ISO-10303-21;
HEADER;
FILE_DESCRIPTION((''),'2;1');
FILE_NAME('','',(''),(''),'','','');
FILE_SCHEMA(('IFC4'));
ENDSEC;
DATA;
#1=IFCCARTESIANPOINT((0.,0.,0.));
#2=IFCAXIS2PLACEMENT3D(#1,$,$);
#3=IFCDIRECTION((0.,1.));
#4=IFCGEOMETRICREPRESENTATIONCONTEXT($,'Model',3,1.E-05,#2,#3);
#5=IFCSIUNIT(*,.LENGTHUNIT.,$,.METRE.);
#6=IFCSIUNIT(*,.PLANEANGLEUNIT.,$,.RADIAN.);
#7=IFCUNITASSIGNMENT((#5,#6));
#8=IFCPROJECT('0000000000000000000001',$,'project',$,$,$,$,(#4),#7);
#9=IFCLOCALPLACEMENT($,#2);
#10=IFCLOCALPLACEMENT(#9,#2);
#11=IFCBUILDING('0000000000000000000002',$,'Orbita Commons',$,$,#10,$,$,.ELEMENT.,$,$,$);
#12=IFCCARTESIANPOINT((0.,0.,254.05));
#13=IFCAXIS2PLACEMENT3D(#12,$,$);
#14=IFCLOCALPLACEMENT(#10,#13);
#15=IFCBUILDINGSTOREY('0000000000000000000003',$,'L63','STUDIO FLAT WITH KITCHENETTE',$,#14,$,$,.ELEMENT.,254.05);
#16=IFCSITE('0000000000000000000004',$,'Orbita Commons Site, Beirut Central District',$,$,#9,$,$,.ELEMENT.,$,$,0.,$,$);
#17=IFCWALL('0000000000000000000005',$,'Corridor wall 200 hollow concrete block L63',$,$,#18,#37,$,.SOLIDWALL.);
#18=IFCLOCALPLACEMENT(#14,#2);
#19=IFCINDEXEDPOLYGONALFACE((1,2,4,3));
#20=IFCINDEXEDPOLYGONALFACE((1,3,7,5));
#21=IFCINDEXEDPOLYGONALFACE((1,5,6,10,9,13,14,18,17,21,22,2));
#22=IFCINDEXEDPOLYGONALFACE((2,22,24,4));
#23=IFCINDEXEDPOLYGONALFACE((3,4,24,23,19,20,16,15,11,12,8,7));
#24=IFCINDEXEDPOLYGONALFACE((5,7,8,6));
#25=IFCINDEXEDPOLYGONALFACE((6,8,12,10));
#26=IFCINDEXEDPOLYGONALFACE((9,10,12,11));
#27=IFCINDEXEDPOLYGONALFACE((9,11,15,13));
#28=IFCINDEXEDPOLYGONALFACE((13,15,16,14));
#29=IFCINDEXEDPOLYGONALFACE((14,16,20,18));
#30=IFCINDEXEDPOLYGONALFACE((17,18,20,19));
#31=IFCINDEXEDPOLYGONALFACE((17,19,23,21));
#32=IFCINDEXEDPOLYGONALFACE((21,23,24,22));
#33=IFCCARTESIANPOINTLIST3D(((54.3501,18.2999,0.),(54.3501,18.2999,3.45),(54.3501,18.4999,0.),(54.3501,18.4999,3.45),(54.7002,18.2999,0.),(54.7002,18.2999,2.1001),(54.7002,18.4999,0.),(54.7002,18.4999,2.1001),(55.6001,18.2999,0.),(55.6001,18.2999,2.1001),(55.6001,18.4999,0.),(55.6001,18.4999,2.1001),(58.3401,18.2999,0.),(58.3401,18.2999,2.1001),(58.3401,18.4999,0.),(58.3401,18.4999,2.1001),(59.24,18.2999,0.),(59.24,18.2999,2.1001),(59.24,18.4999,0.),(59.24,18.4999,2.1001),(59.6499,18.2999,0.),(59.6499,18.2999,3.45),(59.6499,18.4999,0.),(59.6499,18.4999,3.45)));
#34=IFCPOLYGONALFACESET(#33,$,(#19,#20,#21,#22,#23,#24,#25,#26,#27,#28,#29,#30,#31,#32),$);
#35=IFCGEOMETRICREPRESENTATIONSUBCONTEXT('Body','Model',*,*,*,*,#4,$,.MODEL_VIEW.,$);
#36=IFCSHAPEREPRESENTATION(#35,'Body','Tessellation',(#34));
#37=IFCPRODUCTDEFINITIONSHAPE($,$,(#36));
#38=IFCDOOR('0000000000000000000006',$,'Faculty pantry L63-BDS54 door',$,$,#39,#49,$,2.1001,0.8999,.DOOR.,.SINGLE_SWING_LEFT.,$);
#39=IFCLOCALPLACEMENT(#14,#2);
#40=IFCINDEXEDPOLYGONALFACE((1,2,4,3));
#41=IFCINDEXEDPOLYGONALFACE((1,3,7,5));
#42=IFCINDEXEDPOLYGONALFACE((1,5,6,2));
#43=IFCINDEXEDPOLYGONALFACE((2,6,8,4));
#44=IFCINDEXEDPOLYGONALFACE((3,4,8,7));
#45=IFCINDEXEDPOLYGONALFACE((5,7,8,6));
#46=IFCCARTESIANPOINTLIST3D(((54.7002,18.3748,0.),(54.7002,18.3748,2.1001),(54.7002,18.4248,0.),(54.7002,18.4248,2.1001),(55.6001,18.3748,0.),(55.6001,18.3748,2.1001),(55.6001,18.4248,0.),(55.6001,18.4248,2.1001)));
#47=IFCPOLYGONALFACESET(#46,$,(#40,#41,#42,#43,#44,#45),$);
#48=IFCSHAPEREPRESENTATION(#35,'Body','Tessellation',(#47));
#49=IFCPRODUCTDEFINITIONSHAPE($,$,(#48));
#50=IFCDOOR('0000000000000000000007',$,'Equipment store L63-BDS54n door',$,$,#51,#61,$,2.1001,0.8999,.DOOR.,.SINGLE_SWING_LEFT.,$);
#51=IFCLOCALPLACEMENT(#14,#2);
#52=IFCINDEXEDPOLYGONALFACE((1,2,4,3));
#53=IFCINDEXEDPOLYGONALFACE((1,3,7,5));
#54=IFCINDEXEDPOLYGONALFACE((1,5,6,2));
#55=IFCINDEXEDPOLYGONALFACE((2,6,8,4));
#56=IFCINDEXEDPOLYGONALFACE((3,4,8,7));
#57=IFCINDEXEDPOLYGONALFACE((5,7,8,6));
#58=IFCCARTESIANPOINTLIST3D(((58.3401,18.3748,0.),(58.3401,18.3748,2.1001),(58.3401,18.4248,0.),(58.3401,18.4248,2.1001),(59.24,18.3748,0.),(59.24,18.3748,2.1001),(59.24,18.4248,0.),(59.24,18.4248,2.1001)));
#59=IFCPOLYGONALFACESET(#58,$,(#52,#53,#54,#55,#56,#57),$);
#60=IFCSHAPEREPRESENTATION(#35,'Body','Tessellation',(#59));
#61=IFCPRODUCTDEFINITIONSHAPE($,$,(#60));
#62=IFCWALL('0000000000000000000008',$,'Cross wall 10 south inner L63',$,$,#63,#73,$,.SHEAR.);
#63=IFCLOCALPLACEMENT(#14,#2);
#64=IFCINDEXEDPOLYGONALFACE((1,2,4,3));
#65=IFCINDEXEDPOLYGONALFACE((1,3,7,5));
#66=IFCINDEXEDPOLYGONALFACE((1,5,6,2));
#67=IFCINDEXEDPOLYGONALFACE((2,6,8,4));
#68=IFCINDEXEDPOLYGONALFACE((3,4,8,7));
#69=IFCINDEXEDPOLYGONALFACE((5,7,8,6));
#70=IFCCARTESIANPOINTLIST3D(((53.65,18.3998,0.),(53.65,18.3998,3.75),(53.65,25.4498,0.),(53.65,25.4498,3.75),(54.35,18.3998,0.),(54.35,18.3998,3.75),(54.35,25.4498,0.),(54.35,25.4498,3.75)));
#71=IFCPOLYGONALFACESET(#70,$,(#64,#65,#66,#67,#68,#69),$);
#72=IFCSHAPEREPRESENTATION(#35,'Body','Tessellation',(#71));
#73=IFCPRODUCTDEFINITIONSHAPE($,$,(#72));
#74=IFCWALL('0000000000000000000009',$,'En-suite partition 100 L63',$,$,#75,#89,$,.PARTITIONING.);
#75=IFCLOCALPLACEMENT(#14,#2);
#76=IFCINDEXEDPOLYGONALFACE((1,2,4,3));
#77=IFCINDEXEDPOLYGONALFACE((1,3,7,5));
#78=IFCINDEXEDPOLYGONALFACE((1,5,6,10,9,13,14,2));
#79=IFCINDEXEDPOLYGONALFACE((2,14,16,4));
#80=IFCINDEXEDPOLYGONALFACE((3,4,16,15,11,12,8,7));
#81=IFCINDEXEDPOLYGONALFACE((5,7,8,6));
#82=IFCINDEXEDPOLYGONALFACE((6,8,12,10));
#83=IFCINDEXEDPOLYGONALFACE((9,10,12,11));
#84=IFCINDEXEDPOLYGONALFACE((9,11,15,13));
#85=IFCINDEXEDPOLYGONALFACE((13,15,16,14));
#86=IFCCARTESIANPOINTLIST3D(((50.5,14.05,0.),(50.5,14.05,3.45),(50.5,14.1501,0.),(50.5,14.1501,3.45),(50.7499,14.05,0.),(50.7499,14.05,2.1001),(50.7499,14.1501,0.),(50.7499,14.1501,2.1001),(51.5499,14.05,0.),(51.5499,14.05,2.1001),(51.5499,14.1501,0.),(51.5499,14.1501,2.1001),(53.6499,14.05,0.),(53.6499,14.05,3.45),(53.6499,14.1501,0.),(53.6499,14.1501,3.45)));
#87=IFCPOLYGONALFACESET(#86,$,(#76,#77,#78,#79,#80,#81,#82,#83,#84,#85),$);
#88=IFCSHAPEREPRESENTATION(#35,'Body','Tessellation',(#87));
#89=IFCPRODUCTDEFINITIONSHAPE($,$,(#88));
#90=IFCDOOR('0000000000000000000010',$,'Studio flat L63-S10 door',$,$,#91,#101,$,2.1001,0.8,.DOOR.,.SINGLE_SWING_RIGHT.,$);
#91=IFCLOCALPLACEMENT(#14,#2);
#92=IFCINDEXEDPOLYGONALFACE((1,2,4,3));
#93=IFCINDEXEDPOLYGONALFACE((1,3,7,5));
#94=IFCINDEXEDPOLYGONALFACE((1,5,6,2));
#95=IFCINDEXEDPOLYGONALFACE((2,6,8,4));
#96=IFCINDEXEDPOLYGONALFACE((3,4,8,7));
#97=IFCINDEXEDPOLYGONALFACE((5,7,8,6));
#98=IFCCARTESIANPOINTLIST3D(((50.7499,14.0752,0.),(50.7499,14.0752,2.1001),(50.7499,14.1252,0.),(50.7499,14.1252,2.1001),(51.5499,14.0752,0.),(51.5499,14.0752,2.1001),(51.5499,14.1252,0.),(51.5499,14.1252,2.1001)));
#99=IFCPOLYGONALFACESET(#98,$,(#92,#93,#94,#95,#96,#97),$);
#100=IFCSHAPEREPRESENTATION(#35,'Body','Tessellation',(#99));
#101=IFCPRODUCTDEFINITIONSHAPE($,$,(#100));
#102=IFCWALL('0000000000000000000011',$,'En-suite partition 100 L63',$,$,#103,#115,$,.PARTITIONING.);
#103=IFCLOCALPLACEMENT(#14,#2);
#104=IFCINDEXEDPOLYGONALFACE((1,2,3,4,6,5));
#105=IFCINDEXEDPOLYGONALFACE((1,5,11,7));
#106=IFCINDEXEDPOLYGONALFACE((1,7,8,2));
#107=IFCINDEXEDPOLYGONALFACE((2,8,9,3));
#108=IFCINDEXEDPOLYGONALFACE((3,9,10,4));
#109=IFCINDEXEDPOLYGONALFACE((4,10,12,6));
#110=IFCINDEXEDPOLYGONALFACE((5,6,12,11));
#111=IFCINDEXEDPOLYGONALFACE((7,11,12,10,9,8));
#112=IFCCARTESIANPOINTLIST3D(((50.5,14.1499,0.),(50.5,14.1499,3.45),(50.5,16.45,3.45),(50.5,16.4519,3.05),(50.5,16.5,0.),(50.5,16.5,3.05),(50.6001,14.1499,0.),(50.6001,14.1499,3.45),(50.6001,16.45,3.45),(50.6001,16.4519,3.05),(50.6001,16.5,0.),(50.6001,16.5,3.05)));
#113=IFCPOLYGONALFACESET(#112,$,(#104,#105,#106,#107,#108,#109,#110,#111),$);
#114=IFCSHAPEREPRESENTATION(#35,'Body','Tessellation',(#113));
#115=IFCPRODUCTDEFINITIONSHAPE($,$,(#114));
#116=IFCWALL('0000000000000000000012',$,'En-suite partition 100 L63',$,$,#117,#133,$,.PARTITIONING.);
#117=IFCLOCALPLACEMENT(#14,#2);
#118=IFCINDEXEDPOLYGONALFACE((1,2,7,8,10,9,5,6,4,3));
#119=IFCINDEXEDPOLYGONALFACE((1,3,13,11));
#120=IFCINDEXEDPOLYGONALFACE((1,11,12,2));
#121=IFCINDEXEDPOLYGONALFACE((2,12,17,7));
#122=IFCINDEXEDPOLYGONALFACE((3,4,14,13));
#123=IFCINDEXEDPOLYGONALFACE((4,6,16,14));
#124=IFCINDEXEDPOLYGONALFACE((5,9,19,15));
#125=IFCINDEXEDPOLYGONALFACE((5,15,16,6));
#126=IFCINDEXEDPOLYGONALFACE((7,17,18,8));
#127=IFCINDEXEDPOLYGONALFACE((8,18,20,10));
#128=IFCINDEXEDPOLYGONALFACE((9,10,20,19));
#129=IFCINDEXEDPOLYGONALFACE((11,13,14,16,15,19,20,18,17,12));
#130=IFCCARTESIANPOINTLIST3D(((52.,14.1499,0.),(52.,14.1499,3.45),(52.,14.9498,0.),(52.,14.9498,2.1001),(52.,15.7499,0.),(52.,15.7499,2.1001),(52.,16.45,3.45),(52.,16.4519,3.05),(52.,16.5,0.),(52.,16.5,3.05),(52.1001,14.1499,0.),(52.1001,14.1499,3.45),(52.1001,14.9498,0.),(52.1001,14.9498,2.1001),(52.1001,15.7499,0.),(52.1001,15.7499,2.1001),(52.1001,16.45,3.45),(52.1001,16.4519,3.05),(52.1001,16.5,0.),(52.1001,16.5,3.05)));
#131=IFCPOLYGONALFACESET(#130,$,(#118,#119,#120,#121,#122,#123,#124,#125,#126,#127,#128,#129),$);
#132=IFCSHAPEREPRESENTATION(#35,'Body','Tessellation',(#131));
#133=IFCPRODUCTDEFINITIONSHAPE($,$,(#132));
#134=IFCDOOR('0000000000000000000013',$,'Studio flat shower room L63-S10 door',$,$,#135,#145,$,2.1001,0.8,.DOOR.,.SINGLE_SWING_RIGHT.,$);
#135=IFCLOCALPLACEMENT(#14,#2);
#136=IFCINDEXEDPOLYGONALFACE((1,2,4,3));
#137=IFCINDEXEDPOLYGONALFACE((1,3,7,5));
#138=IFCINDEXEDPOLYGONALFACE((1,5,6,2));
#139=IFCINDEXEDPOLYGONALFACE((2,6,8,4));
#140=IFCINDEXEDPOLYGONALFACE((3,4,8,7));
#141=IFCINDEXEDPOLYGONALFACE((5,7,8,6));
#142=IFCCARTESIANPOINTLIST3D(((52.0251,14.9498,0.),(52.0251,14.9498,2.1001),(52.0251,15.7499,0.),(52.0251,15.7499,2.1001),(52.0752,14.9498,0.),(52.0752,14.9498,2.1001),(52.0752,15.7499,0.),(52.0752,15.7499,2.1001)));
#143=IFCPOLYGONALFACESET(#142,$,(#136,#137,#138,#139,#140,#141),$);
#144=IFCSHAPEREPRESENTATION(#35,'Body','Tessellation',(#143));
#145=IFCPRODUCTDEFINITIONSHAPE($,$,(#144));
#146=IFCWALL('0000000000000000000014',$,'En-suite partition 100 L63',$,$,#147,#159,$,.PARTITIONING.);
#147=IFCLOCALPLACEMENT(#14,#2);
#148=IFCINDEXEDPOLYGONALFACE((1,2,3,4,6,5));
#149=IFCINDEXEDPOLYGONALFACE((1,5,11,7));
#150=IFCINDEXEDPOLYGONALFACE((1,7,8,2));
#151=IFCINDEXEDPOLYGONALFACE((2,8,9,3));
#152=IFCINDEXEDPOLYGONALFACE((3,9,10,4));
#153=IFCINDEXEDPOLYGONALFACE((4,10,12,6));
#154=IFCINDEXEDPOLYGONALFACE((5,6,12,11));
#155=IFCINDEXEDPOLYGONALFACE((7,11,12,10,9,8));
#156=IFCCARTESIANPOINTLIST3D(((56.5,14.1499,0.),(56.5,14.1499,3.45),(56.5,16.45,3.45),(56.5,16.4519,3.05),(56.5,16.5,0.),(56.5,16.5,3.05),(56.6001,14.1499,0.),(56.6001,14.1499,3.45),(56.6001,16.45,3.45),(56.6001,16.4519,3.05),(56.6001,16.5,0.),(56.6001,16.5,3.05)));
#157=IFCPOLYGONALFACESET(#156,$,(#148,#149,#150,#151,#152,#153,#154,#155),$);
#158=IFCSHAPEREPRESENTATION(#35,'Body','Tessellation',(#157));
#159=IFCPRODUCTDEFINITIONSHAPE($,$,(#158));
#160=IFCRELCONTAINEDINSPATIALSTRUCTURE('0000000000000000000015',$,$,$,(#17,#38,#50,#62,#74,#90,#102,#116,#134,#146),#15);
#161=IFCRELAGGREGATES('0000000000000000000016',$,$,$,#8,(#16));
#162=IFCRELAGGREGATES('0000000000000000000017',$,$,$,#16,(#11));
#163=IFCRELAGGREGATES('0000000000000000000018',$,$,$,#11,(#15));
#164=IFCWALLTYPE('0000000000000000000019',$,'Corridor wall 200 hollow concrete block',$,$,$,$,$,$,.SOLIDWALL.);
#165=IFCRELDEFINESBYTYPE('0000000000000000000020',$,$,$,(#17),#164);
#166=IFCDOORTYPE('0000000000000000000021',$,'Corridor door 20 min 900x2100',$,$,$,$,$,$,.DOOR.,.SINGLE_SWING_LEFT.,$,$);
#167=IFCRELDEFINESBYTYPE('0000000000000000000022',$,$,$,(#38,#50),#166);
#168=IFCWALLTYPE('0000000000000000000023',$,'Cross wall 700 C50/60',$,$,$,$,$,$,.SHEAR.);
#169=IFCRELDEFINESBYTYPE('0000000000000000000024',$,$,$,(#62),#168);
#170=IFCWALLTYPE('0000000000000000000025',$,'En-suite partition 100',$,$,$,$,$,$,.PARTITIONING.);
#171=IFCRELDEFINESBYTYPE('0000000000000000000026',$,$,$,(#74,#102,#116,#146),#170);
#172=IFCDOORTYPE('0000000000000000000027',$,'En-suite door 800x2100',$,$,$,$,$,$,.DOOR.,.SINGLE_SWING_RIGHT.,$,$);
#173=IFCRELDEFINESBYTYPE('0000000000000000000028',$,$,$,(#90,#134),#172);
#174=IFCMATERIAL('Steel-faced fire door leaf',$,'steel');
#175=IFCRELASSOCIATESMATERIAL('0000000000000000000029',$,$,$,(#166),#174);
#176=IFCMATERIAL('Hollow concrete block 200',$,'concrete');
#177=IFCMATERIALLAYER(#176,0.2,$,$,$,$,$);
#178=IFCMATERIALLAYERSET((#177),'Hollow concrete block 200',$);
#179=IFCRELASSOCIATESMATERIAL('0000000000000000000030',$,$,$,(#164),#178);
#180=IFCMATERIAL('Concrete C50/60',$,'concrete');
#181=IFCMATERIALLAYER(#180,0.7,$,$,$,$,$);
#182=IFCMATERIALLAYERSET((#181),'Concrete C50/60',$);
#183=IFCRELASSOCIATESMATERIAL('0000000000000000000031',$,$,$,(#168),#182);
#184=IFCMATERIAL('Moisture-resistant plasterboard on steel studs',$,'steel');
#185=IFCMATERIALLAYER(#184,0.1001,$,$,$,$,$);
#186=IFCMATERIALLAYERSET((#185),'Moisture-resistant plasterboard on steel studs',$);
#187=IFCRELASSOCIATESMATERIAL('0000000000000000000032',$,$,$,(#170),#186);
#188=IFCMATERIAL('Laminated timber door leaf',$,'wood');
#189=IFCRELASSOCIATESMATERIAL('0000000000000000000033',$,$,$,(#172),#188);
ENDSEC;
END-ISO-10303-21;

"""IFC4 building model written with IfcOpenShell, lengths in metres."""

from ifc_helpers import new_model, si_unit, direction, frame, frame_2d, origin, place, context, subcontext, project, spatial, polyline, rectangle, outline, extrude, material, layer, layer_set, type_object, element, fill, save


model = new_model("IFC4")

# Units and contexts
model_context = context("Model", 3, precision=1e-05, world=origin(), true_north=direction((0.0, 1.0)))
body_context = subcontext(model_context, "Body", "Model", "MODEL_VIEW")
ifc_project = project(units=[si_unit("LENGTHUNIT", "METRE"), si_unit("PLANEANGLEUNIT", "RADIAN")], contexts=[model_context])

# Site, building, storey
site_placement = place(None, origin())
site = spatial("IfcSite", under=ifc_project, at=site_placement, Name="Orbita Commons Site, Beirut Central District", CompositionType="ELEMENT", RefElevation=0.0)
building_placement = place(site_placement, origin())
building = spatial("IfcBuilding", under=site, at=building_placement, Name="Orbita Commons", CompositionType="ELEMENT")
storey_placement = place(building_placement, frame((0.0, 0.0, 254.05)))
storey = spatial("IfcBuildingStorey", under=building, at=storey_placement, Name="L63", Description="STUDIO FLAT WITH KITCHENETTE", CompositionType="ELEMENT", Elevation=254.05)

# Shared definitions
ifc_material_1 = material(Name="Steel-faced fire door leaf", Category="steel")
door_type_1 = type_object("IfcDoorType", Name="Corridor door 20 min 900x2100", OperationType="SINGLE_SWING_LEFT", PredefinedType="DOOR", material=ifc_material_1)

# Wall, openings, doors
ifc_material_2 = material(Name="Hollow concrete block 200", Category="concrete")
ifc_layer_1 = layer(ifc_material_2, 0.2)
ifc_layer_set_1 = layer_set([ifc_layer_1], Name="Hollow concrete block 200")
wall_type_1 = type_object("IfcWallType", Name="Corridor wall 200 hollow concrete block", PredefinedType="SOLIDWALL", material=ifc_layer_set_1)
wall_1_placement = place(storey_placement, frame((54.3501, 18.3999, 0.0), z_axis=(0.0, 0.0, 1.0), x_axis=(1.0, 0.0, 0.0)))
wall_1 = element("IfcWall", 1, at=wall_1_placement, inside=storey, type_object=wall_type_1, Name="Corridor wall 200 hollow concrete block L63", PredefinedType="SOLIDWALL", context=body_context, shape_type="SweptSolid", body=[
    extrude(rectangle(XDim=5.2998, YDim=0.2, at=frame_2d((2.6499, 0.0))), origin(), (0.0, 0.0, 1.0), 3.45),
])
opening_1_placement = place(wall_1_placement, frame((0.3501, 0.0, 0.0)))
opening_1 = element("IfcOpeningElement", 2, at=opening_1_placement, cuts=wall_1, PredefinedType="OPENING", context=body_context, shape_type="SweptSolid", body=[
    extrude(rectangle(XDim=0.8999, YDim=2.1001, at=frame_2d((0.45, 1.05))), frame((0.0, 0.1099, 0.0), z_axis=(0.0, -1.0, 0.0), x_axis=(1.0, 0.0, 0.0)), (0.0, 0.0, 1.0), 0.22),
])
opening_2_placement = place(wall_1_placement, frame((3.99, 0.0, 0.0)))
opening_2 = element("IfcOpeningElement", 3, at=opening_2_placement, cuts=wall_1, PredefinedType="OPENING", context=body_context, shape_type="SweptSolid", body=[
    extrude(rectangle(XDim=0.8999, YDim=2.1001, at=frame_2d((0.45, 1.05))), frame((0.0, 0.1099, 0.0), z_axis=(0.0, -1.0, 0.0), x_axis=(1.0, 0.0, 0.0)), (0.0, 0.0, 1.0), 0.22),
])
door_1_placement = place(opening_1_placement, origin())
door_1 = element("IfcDoor", 4, at=door_1_placement, inside=storey, type_object=door_type_1, Name="Faculty pantry L63-BDS54 door", OperationType="SINGLE_SWING_LEFT", OverallHeight=2.1001, OverallWidth=0.8999, PredefinedType="DOOR", context=body_context, shape_type="SweptSolid", body=[
    extrude(rectangle(XDim=0.8999, YDim=2.1001, at=frame_2d((0.45, 1.05))), frame((0.0, 0.0249, 0.0), z_axis=(0.0, -1.0, 0.0), x_axis=(1.0, 0.0, 0.0)), (0.0, 0.0, 1.0), 0.05),
])
fill(opening_1, door_1)
door_2_placement = place(opening_2_placement, origin())
door_2 = element("IfcDoor", 5, at=door_2_placement, inside=storey, type_object=door_type_1, Name="Equipment store L63-BDS54n door", OperationType="SINGLE_SWING_LEFT", OverallHeight=2.1001, OverallWidth=0.8999, PredefinedType="DOOR", context=body_context, shape_type="SweptSolid", body=[
    extrude(rectangle(XDim=0.8999, YDim=2.1001, at=frame_2d((0.45, 1.05))), frame((0.0, 0.0249, 0.0), z_axis=(0.0, -1.0, 0.0), x_axis=(1.0, 0.0, 0.0)), (0.0, 0.0, 1.0), 0.05),
])
fill(opening_2, door_2)

# Wall
ifc_material_3 = material(Name="Concrete C50/60", Category="concrete")
ifc_layer_2 = layer(ifc_material_3, 0.7)
ifc_layer_set_2 = layer_set([ifc_layer_2], Name="Concrete C50/60")
wall_type_2 = type_object("IfcWallType", Name="Cross wall 700 C50/60", PredefinedType="SHEAR", material=ifc_layer_set_2)
wall_2_placement = place(storey_placement, frame((54.0, 18.3999, 0.0), z_axis=(0.0, 0.0, 1.0), x_axis=(0.0, 1.0, 0.0)))
element("IfcWall", 6, at=wall_2_placement, inside=storey, type_object=wall_type_2, Name="Cross wall 10 south inner L63", PredefinedType="SHEAR", context=body_context, shape_type="SweptSolid", body=[
    extrude(rectangle(XDim=7.05, YDim=0.7, at=frame_2d((3.5249, 0.0))), origin(), (0.0, 0.0, 1.0), 3.75),
])

# Wall, opening, door
ifc_material_4 = material(Name="Moisture-resistant plasterboard on steel studs", Category="steel")
ifc_layer_3 = layer(ifc_material_4, 0.1001)
ifc_layer_set_3 = layer_set([ifc_layer_3], Name="Moisture-resistant plasterboard on steel studs")
wall_type_3 = type_object("IfcWallType", Name="En-suite partition 100", PredefinedType="PARTITIONING", material=ifc_layer_set_3)
wall_3_placement = place(storey_placement, frame((53.6499, 14.1001, 0.0), z_axis=(0.0, 0.0, 1.0), x_axis=(-1.0, 0.0, 0.0)))
wall_3 = element("IfcWall", 7, at=wall_3_placement, inside=storey, type_object=wall_type_3, Name="En-suite partition 100 L63", PredefinedType="PARTITIONING", context=body_context, shape_type="SweptSolid", body=[
    extrude(rectangle(XDim=3.1499, YDim=0.1001, at=frame_2d((1.575, 0.0))), origin(), (0.0, 0.0, 1.0), 3.45),
])
opening_3_placement = place(wall_3_placement, frame((2.1001, 0.0, 0.0)))
opening_3 = element("IfcOpeningElement", 8, at=opening_3_placement, cuts=wall_3, PredefinedType="OPENING", context=body_context, shape_type="SweptSolid", body=[
    extrude(rectangle(XDim=0.8, YDim=2.1001, at=frame_2d((0.3999, 1.05))), frame((0.0, 0.0601, 0.0), z_axis=(0.0, -1.0, 0.0), x_axis=(1.0, 0.0, 0.0)), (0.0, 0.0, 1.0), 0.1201),
])
ifc_material_5 = material(Name="Laminated timber door leaf", Category="wood")
door_type_2 = type_object("IfcDoorType", Name="En-suite door 800x2100", OperationType="SINGLE_SWING_RIGHT", PredefinedType="DOOR", material=ifc_material_5)
door_3_placement = place(opening_3_placement, origin())
door_3 = element("IfcDoor", 9, at=door_3_placement, inside=storey, type_object=door_type_2, Name="Studio flat L63-S10 door", OperationType="SINGLE_SWING_RIGHT", OverallHeight=2.1001, OverallWidth=0.8, PredefinedType="DOOR", context=body_context, shape_type="SweptSolid", body=[
    extrude(rectangle(XDim=0.8, YDim=2.1001, at=frame_2d((0.3999, 1.05))), frame((0.0, 0.0249, 0.0), z_axis=(0.0, -1.0, 0.0), x_axis=(1.0, 0.0, 0.0)), (0.0, 0.0, 1.0), 0.05),
])
fill(opening_3, door_3)

# Wall
wall_4_placement = place(storey_placement, frame((50.55, 14.1499, 0.0), z_axis=(0.0, 0.0, 1.0), x_axis=(0.0, 1.0, 0.0)))
element("IfcWall", 10, at=wall_4_placement, inside=storey, type_object=wall_type_3, Name="En-suite partition 100 L63", PredefinedType="PARTITIONING", context=body_context, shape_type="SweptSolid", body=[
    extrude(outline(polyline([(0.0, 0.0), (2.3501, 0.0), (2.3501, 3.05), (2.302, 3.05), (2.3, 3.45), (0.0, 3.45), (0.0, 0.0)])), frame((0.0, 0.05, 0.0), z_axis=(0.0, -1.0, 0.0), x_axis=(1.0, 0.0, 0.0)), (0.0, 0.0, 1.0), 0.1001),
])

# Wall, opening, door
wall_5_placement = place(storey_placement, frame((52.05, 14.1499, 0.0), z_axis=(0.0, 0.0, 1.0), x_axis=(0.0, 1.0, 0.0)))
wall_5 = element("IfcWall", 11, at=wall_5_placement, inside=storey, type_object=wall_type_3, Name="En-suite partition 100 L63", PredefinedType="PARTITIONING", context=body_context, shape_type="SweptSolid", body=[
    extrude(outline(polyline([(0.0, 0.0), (2.3501, 0.0), (2.3501, 3.05), (2.302, 3.05), (2.3, 3.45), (0.0, 3.45), (0.0, 0.0)])), frame((0.0, 0.05, 0.0), z_axis=(0.0, -1.0, 0.0), x_axis=(1.0, 0.0, 0.0)), (0.0, 0.0, 1.0), 0.1001),
])
opening_4_placement = place(wall_5_placement, frame((0.8, 0.0, 0.0)))
opening_4 = element("IfcOpeningElement", 12, at=opening_4_placement, cuts=wall_5, PredefinedType="OPENING", context=body_context, shape_type="SweptSolid", body=[
    extrude(rectangle(XDim=0.8, YDim=2.1001, at=frame_2d((0.3999, 1.05))), frame((0.0, 0.0601, 0.0), z_axis=(0.0, -1.0, 0.0), x_axis=(1.0, 0.0, 0.0)), (0.0, 0.0, 1.0), 0.1201),
])
door_4_placement = place(opening_4_placement, origin())
door_4 = element("IfcDoor", 13, at=door_4_placement, inside=storey, type_object=door_type_2, Name="Studio flat shower room L63-S10 door", OperationType="SINGLE_SWING_RIGHT", OverallHeight=2.1001, OverallWidth=0.8, PredefinedType="DOOR", context=body_context, shape_type="SweptSolid", body=[
    extrude(rectangle(XDim=0.8, YDim=2.1001, at=frame_2d((0.3999, 1.05))), frame((0.0, 0.0249, 0.0), z_axis=(0.0, -1.0, 0.0), x_axis=(1.0, 0.0, 0.0)), (0.0, 0.0, 1.0), 0.05),
])
fill(opening_4, door_4)

# Wall
wall_6_placement = place(storey_placement, frame((56.55, 14.1499, 0.0), z_axis=(0.0, 0.0, 1.0), x_axis=(0.0, 1.0, 0.0)))
element("IfcWall", 14, at=wall_6_placement, inside=storey, type_object=wall_type_3, Name="En-suite partition 100 L63", PredefinedType="PARTITIONING", context=body_context, shape_type="SweptSolid", body=[
    extrude(outline(polyline([(0.0, 0.0), (2.3501, 0.0), (2.3501, 3.05), (2.302, 3.05), (2.3, 3.45), (0.0, 3.45), (0.0, 0.0)])), frame((0.0, 0.05, 0.0), z_axis=(0.0, -1.0, 0.0), x_axis=(1.0, 0.0, 0.0)), (0.0, 0.0, 1.0), 0.1001),
])

save(model, "model.ifc")
